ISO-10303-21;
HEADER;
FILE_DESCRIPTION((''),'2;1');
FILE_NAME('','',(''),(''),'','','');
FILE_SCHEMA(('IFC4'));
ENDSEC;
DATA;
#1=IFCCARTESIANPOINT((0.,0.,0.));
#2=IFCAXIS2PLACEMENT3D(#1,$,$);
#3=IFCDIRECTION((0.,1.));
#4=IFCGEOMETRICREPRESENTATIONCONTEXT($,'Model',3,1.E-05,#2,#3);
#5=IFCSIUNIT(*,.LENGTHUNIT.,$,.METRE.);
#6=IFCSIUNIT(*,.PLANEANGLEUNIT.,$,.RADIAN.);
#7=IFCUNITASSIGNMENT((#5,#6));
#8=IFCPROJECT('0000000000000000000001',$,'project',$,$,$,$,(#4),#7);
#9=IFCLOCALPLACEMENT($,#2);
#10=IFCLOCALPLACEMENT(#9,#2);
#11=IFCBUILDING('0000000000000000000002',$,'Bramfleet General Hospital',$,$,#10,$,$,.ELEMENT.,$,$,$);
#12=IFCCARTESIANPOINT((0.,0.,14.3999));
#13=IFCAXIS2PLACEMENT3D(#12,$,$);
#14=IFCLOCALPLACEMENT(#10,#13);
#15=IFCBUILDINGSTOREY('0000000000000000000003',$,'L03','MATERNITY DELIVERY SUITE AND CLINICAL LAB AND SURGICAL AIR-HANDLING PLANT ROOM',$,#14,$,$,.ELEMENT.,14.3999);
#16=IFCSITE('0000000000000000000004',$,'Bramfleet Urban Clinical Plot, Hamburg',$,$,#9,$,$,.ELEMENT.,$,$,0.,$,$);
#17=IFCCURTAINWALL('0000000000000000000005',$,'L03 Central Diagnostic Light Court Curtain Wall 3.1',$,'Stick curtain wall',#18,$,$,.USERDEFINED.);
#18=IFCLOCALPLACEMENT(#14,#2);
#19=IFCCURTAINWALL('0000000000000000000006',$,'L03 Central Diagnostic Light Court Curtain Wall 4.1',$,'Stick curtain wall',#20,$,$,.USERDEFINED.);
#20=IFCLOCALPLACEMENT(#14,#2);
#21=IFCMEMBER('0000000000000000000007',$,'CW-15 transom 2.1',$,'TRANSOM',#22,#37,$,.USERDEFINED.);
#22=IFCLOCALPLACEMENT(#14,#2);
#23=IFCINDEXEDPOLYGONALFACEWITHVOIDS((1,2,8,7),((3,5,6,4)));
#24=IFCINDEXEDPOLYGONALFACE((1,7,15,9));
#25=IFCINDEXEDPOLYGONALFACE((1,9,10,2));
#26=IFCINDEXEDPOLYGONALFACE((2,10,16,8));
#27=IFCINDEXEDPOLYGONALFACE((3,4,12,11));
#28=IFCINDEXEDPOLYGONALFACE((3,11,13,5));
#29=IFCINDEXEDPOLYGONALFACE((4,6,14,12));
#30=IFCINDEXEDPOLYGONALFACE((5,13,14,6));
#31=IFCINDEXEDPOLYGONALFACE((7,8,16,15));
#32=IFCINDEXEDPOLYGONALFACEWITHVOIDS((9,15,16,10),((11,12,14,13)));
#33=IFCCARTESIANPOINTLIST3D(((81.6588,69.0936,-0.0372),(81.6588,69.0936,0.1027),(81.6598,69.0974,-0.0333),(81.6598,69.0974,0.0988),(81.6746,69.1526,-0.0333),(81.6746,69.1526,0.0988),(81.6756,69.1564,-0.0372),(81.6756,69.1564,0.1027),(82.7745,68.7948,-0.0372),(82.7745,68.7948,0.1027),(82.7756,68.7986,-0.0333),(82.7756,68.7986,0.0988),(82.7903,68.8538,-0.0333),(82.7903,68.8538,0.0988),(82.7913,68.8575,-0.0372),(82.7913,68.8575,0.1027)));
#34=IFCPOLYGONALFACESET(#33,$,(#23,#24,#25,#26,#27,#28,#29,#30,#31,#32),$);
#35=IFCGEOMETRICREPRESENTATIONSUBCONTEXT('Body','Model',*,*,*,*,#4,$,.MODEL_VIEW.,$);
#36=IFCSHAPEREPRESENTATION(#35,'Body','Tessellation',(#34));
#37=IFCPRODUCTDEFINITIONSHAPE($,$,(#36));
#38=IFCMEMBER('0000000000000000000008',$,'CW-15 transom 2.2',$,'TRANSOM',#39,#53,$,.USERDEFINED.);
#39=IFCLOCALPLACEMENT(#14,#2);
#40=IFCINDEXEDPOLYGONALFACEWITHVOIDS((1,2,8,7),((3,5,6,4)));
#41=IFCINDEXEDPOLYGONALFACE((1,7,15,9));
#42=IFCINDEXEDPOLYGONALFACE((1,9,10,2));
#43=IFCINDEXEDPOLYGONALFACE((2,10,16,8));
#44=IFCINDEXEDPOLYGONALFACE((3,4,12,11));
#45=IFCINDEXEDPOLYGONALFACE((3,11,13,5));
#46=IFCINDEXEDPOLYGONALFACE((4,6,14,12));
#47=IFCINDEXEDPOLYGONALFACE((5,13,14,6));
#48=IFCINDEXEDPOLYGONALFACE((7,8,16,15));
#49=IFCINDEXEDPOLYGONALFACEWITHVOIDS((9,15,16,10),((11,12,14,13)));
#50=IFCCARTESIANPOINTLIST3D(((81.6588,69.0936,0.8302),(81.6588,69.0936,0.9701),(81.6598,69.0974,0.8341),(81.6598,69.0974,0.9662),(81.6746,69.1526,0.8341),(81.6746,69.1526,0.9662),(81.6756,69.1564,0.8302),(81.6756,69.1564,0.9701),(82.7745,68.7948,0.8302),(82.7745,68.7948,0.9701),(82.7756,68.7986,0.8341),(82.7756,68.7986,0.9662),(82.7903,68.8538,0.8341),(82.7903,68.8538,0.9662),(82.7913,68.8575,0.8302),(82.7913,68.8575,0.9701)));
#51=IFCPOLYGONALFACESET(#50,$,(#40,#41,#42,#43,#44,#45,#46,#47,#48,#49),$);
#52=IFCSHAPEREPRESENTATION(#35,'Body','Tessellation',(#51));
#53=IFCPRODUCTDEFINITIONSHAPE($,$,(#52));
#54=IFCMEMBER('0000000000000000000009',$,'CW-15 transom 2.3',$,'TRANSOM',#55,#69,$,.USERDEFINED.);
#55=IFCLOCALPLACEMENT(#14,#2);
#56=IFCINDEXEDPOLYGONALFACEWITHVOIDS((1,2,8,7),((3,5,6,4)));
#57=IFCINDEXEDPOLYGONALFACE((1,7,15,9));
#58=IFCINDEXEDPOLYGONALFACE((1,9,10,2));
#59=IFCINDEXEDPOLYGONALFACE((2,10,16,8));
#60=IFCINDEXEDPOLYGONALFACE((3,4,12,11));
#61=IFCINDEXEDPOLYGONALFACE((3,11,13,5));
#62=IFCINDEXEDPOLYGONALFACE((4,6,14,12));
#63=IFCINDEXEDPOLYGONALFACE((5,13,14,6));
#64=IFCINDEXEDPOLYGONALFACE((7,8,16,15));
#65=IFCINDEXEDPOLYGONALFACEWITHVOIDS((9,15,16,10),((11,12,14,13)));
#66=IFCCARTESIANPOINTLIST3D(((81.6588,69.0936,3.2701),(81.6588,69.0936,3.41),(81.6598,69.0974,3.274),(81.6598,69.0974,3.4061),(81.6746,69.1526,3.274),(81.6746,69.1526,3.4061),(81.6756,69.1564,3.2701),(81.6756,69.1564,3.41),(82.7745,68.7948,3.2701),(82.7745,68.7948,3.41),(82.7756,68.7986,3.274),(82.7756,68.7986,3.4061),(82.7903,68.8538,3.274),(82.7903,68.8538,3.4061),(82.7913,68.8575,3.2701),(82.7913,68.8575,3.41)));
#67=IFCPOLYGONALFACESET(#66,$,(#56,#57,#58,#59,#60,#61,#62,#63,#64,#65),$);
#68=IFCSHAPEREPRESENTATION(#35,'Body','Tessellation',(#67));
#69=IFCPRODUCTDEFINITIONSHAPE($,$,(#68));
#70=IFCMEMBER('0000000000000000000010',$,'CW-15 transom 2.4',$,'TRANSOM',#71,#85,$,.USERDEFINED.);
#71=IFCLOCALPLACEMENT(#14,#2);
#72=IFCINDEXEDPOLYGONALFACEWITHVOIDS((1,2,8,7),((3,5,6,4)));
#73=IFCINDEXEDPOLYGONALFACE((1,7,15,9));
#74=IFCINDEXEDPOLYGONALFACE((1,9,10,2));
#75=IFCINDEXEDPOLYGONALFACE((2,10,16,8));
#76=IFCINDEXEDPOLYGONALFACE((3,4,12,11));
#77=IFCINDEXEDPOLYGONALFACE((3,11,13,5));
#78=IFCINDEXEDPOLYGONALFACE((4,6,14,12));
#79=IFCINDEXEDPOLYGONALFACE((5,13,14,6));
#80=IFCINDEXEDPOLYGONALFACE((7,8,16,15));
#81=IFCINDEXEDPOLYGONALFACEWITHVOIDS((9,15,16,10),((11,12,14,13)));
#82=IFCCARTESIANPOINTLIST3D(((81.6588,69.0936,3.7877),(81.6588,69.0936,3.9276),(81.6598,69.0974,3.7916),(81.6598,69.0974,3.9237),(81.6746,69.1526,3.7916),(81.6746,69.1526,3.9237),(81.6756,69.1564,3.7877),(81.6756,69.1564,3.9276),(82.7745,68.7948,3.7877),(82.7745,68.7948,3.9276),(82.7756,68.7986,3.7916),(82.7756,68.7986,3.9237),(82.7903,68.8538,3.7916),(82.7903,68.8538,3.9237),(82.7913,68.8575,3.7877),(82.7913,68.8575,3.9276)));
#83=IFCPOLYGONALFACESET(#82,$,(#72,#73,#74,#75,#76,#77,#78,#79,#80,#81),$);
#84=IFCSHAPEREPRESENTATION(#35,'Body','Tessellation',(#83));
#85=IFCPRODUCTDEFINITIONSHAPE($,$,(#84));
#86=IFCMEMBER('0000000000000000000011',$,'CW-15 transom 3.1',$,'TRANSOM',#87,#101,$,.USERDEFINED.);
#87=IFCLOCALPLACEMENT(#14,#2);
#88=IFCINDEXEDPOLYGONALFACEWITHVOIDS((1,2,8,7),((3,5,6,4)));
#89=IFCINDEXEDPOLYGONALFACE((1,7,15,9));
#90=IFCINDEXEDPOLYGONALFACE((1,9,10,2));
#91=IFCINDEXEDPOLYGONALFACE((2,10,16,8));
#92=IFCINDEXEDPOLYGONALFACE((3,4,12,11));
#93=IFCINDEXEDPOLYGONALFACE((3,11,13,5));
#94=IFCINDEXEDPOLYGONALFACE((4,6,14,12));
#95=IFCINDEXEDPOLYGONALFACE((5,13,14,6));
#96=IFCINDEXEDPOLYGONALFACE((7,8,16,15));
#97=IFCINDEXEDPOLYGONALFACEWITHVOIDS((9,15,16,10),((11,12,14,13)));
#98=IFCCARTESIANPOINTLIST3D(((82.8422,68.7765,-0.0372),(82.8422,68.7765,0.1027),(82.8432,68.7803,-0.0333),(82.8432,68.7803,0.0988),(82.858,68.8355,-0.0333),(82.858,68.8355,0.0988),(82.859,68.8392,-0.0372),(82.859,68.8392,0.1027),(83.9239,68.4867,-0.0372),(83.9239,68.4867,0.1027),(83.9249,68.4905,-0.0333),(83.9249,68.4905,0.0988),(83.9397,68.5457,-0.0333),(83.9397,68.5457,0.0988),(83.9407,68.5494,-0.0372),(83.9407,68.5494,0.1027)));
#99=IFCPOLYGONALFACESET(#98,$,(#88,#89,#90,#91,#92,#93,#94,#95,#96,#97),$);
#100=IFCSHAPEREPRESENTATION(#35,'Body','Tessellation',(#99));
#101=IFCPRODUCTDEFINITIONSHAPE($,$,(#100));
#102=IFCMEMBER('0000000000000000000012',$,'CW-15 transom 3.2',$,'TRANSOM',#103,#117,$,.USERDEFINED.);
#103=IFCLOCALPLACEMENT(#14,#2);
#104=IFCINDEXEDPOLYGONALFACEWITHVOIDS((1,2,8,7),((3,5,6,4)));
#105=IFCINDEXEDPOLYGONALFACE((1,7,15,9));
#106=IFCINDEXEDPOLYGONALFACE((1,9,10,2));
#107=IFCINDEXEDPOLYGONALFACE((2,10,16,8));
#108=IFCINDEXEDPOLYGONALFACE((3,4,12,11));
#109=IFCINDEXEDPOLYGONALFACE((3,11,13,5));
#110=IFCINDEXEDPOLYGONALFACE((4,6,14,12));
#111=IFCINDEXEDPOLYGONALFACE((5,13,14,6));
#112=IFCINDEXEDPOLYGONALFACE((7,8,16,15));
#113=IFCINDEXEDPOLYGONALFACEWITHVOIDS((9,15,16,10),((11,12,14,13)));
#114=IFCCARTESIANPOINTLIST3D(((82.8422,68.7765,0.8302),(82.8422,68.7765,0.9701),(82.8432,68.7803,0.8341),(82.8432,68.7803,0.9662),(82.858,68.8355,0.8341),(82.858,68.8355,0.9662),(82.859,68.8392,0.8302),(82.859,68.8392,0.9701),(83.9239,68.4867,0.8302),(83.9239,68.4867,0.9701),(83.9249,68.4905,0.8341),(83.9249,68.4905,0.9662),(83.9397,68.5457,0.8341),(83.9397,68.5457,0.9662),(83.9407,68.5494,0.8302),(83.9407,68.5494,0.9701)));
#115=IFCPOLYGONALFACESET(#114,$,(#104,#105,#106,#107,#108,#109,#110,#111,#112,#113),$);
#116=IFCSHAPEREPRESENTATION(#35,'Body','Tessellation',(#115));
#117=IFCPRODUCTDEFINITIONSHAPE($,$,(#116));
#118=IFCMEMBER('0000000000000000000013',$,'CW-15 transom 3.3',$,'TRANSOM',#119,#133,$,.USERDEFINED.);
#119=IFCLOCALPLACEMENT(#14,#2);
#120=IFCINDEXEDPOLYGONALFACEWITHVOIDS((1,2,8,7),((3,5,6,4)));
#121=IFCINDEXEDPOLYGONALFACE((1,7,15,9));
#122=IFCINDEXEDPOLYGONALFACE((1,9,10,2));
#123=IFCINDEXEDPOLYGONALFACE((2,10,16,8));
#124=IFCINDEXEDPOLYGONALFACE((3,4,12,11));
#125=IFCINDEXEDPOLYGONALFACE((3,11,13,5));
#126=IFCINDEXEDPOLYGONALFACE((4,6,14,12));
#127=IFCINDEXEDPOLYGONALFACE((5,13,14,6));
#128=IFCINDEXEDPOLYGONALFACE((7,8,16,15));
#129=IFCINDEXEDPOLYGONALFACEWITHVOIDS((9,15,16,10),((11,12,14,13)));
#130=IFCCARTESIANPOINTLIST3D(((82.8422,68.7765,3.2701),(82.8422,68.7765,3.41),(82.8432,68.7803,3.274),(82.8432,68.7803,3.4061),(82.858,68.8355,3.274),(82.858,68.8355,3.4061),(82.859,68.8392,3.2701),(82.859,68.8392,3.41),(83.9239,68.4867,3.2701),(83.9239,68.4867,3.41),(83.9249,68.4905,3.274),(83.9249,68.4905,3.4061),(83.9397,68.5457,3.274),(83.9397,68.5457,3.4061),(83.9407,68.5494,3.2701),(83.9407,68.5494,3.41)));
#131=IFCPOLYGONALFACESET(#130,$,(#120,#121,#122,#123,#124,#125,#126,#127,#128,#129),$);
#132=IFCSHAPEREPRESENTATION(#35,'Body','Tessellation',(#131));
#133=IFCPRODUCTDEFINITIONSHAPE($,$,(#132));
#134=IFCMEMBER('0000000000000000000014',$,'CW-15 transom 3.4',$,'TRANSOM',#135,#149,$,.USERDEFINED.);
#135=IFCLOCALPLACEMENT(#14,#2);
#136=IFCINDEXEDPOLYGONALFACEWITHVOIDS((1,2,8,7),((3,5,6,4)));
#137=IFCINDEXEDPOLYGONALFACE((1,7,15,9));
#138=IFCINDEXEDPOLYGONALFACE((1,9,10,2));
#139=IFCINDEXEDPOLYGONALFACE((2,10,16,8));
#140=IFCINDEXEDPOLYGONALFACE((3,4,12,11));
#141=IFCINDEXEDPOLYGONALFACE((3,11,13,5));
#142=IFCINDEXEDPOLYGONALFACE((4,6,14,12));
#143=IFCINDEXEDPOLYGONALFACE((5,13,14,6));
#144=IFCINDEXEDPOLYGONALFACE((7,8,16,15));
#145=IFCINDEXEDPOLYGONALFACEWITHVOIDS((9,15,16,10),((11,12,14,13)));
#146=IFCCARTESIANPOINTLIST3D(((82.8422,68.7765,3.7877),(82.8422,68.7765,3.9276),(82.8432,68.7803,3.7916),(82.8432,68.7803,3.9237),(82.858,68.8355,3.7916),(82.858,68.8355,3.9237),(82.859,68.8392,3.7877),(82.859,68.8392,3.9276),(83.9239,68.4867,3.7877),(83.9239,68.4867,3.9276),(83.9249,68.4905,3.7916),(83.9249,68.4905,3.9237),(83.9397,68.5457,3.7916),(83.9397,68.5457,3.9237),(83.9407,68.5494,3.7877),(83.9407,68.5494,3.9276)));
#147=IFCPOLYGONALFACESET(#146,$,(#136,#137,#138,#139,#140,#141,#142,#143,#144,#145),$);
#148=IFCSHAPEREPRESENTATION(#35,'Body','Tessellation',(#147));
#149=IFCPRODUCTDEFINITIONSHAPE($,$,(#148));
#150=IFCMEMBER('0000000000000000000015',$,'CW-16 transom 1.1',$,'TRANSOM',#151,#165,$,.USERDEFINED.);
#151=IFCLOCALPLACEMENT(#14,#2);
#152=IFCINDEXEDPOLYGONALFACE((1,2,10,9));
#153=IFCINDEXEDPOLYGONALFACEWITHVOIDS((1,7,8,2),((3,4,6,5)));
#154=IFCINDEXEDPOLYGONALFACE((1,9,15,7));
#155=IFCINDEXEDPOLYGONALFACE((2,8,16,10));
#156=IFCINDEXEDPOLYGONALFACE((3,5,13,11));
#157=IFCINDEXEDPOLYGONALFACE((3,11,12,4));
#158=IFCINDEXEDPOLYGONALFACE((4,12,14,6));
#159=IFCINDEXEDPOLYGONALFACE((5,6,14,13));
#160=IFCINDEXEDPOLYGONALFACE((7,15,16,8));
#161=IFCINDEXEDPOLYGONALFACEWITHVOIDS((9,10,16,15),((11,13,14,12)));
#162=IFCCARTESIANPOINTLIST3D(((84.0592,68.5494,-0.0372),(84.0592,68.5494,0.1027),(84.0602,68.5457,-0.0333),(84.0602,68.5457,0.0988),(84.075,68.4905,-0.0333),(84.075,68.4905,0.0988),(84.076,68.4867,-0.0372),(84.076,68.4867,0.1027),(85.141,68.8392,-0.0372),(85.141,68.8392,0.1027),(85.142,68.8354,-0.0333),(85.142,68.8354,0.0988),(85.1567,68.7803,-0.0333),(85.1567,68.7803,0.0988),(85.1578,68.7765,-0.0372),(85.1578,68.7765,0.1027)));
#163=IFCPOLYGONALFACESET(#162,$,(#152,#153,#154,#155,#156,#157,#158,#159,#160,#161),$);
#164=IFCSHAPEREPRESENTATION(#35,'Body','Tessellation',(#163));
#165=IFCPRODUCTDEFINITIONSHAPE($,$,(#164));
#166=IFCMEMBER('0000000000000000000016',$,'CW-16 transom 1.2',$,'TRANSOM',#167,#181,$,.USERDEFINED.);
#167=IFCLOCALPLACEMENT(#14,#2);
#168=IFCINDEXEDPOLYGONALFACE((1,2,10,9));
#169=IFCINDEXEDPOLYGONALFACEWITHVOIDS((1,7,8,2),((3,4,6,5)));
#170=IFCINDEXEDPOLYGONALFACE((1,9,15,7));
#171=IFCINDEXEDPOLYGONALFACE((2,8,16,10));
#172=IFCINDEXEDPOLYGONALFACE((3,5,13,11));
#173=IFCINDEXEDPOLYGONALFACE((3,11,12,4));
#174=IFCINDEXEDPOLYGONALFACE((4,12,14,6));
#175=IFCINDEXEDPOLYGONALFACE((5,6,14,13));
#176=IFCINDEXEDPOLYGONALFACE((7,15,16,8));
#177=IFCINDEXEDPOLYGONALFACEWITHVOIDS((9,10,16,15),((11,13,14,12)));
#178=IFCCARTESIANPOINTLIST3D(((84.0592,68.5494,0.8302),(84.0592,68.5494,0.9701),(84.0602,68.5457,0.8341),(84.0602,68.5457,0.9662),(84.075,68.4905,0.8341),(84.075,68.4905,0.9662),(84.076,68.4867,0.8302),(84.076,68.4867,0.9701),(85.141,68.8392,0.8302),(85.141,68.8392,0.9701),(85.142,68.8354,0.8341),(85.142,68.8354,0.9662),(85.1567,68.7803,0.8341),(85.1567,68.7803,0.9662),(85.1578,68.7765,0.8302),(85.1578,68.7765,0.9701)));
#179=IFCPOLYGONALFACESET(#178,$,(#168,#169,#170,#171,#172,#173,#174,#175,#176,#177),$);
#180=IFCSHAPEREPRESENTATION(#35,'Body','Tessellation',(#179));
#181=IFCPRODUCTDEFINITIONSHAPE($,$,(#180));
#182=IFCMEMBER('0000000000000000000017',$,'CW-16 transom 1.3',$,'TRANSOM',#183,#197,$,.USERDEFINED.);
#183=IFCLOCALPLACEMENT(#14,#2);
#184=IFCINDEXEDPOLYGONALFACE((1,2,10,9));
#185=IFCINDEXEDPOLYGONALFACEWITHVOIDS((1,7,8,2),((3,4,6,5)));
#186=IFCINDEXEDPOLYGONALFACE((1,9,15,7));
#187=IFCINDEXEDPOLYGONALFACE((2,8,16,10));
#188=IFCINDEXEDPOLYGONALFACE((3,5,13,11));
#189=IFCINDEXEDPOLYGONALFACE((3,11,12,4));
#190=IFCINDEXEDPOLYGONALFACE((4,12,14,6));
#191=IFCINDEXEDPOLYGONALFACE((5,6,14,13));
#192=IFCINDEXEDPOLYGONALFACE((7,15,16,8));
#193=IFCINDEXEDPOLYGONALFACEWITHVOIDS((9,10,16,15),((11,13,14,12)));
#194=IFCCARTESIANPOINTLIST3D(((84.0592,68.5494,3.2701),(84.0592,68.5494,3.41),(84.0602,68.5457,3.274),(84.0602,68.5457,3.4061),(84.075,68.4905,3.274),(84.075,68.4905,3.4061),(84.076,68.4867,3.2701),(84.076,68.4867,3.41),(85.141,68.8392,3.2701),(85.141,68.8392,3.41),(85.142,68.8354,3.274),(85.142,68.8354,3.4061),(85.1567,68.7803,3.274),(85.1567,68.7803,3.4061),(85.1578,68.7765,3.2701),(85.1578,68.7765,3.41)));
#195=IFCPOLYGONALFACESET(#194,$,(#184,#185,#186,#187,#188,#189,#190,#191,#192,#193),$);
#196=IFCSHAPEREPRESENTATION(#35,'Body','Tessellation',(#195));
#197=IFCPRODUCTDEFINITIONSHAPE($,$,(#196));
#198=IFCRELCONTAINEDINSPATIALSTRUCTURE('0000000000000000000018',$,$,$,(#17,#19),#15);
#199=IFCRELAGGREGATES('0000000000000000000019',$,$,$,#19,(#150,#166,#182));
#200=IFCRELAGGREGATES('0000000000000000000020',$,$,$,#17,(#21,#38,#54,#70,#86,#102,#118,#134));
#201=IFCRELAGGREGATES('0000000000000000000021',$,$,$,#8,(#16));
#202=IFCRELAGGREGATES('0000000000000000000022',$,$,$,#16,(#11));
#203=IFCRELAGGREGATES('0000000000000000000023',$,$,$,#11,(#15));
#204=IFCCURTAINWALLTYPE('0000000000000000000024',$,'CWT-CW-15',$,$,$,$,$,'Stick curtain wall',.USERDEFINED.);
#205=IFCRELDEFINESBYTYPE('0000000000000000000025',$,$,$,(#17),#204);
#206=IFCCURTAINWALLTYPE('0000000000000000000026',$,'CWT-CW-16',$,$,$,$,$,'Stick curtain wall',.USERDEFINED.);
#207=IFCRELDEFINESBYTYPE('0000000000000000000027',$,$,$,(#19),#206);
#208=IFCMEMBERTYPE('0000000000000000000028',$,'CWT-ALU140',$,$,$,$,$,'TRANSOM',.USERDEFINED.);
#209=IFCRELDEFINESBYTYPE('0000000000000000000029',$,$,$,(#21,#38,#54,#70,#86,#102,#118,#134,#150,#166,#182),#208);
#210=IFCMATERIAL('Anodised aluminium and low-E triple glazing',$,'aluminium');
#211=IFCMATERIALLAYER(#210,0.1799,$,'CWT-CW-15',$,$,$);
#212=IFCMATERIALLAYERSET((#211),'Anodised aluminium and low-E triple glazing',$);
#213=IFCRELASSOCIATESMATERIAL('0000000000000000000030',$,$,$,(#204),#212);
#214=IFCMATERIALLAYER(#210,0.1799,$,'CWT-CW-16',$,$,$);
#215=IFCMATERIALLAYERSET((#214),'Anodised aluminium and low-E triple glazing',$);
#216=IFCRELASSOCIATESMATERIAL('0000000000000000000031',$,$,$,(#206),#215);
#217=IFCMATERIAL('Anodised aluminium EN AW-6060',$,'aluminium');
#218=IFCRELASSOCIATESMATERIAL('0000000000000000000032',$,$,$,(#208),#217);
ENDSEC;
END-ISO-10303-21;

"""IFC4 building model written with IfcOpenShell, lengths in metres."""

from ifc_helpers import new_model, si_unit, direction, frame, origin, origin_2d, place, context, subcontext, project, spatial, hollow_rectangle, extrude, material, layer, layer_set, material_profile, profile_set, type_object, element, aggregate, save


model = new_model("IFC4")

# Units and contexts
model_context = context("Model", 3, precision=1e-05, world=origin(), true_north=direction((0.0, 1.0)))
body_context = subcontext(model_context, "Body", "Model", "MODEL_VIEW")
ifc_project = project(units=[si_unit("LENGTHUNIT", "METRE"), si_unit("PLANEANGLEUNIT", "RADIAN")], contexts=[model_context])

# Site, building, storey
site_placement = place(None, origin())
site = spatial("IfcSite", under=ifc_project, at=site_placement, Name="Bramfleet Urban Clinical Plot, Hamburg", CompositionType="ELEMENT", RefElevation=0.0)
building_placement = place(site_placement, origin())
building = spatial("IfcBuilding", under=site, at=building_placement, Name="Bramfleet General Hospital", CompositionType="ELEMENT")
storey_placement = place(building_placement, frame((0.0, 0.0, 14.3999)))
storey = spatial("IfcBuildingStorey", under=building, at=storey_placement, Name="L03", Description="MATERNITY DELIVERY SUITE AND CLINICAL LAB AND SURGICAL AIR-HANDLING PLANT ROOM", CompositionType="ELEMENT", Elevation=14.3999)

# Shared definitions
ifc_material_1 = material(Name="Anodised aluminium and low-E triple glazing", Category="aluminium")
ifc_material_2 = material(Name="Anodised aluminium EN AW-6060", Category="aluminium")

# Curtain wall
ifc_layer_1 = layer(ifc_material_1, 0.1799, Name="CWT-CW-15")
ifc_layer_set_1 = layer_set([ifc_layer_1], Name="Anodised aluminium and low-E triple glazing")
curtain_wall_type_1 = type_object("IfcCurtainWallType", Name="CWT-CW-15", ElementType="Stick curtain wall", PredefinedType="USERDEFINED", material=ifc_layer_set_1)
curtain_wall_1_placement = place(storey_placement, origin())
curtain_wall_1 = element("IfcCurtainWall", 1, at=curtain_wall_1_placement, inside=storey, type_object=curtain_wall_type_1, Name="L03 Central Diagnostic Light Court Curtain Wall 3.1", ObjectType="Stick curtain wall", PredefinedType="USERDEFINED")

# Curtain wall
ifc_layer_2 = layer(ifc_material_1, 0.1799, Name="CWT-CW-16")
ifc_layer_set_2 = layer_set([ifc_layer_2], Name="Anodised aluminium and low-E triple glazing")
curtain_wall_type_2 = type_object("IfcCurtainWallType", Name="CWT-CW-16", ElementType="Stick curtain wall", PredefinedType="USERDEFINED", material=ifc_layer_set_2)
curtain_wall_2_placement = place(storey_placement, origin())
curtain_wall_2 = element("IfcCurtainWall", 2, at=curtain_wall_2_placement, inside=storey, type_object=curtain_wall_type_2, Name="L03 Central Diagnostic Light Court Curtain Wall 4.1", ObjectType="Stick curtain wall", PredefinedType="USERDEFINED")

# Members
ifc_material_profile_1 = material_profile(ifc_material_2, hollow_rectangle(XDim=0.0649, YDim=0.1399, WallThickness=0.0039, at=origin_2d()), Name="ALU 140x65x4.0")
ifc_profile_set_1 = profile_set([ifc_material_profile_1], Name="Anodised aluminium EN AW-6060")
member_type_1 = type_object("IfcMemberType", Name="CWT-ALU140", ElementType="TRANSOM", PredefinedType="USERDEFINED", material=ifc_profile_set_1)
member_1_placement = place(storey_placement, frame((81.6672, 69.125, 0.0327), z_axis=(0.965954, -0.258715, 0.0), x_axis=(0.258715, 0.965954, 0.0)))
member_1 = element("IfcMember", 3, at=member_1_placement, type_object=member_type_1, Name="CW-15 transom 2.1", ObjectType="TRANSOM", PredefinedType="USERDEFINED", context=body_context, shape_type="SweptSolid", body=[
    extrude(hollow_rectangle(XDim=0.0649, YDim=0.1399, WallThickness=0.0039, at=origin_2d()), origin(), (0.0, 0.0, 1.0), 1.155),
])
member_2_placement = place(storey_placement, frame((81.6672, 69.125, 0.9001), z_axis=(0.965954, -0.258715, 0.0), x_axis=(0.258715, 0.965954, 0.0)))
member_2 = element("IfcMember", 4, at=member_2_placement, type_object=member_type_1, Name="CW-15 transom 2.2", ObjectType="TRANSOM", PredefinedType="USERDEFINED", context=body_context, shape_type="SweptSolid", body=[
    extrude(hollow_rectangle(XDim=0.0649, YDim=0.1399, WallThickness=0.0039, at=origin_2d()), origin(), (0.0, 0.0, 1.0), 1.155),
])
member_3_placement = place(storey_placement, frame((81.6672, 69.125, 3.3401), z_axis=(0.965954, -0.258715, 0.0), x_axis=(0.258715, 0.965954, 0.0)))
member_3 = element("IfcMember", 5, at=member_3_placement, type_object=member_type_1, Name="CW-15 transom 2.3", ObjectType="TRANSOM", PredefinedType="USERDEFINED", context=body_context, shape_type="SweptSolid", body=[
    extrude(hollow_rectangle(XDim=0.0649, YDim=0.1399, WallThickness=0.0039, at=origin_2d()), origin(), (0.0, 0.0, 1.0), 1.155),
])
member_4_placement = place(storey_placement, frame((81.6672, 69.125, 3.8577), z_axis=(0.965954, -0.258715, 0.0), x_axis=(0.258715, 0.965954, 0.0)))
member_4 = element("IfcMember", 6, at=member_4_placement, type_object=member_type_1, Name="CW-15 transom 2.4", ObjectType="TRANSOM", PredefinedType="USERDEFINED", context=body_context, shape_type="SweptSolid", body=[
    extrude(hollow_rectangle(XDim=0.0649, YDim=0.1399, WallThickness=0.0039, at=origin_2d()), origin(), (0.0, 0.0, 1.0), 1.155),
])
member_5_placement = place(storey_placement, frame((82.8506, 68.8079, 0.0327), z_axis=(0.965941, -0.258762, 0.0), x_axis=(0.258762, 0.965941, 0.0)))
member_5 = element("IfcMember", 7, at=member_5_placement, type_object=member_type_1, Name="CW-15 transom 3.1", ObjectType="TRANSOM", PredefinedType="USERDEFINED", context=body_context, shape_type="SweptSolid", body=[
    extrude(hollow_rectangle(XDim=0.0649, YDim=0.1399, WallThickness=0.0039, at=origin_2d()), origin(), (0.0, 0.0, 1.0), 1.1199),
])
member_6_placement = place(storey_placement, frame((82.8506, 68.8079, 0.9001), z_axis=(0.965941, -0.258762, 0.0), x_axis=(0.258762, 0.965941, 0.0)))
member_6 = element("IfcMember", 8, at=member_6_placement, type_object=member_type_1, Name="CW-15 transom 3.2", ObjectType="TRANSOM", PredefinedType="USERDEFINED", context=body_context, shape_type="SweptSolid", body=[
    extrude(hollow_rectangle(XDim=0.0649, YDim=0.1399, WallThickness=0.0039, at=origin_2d()), origin(), (0.0, 0.0, 1.0), 1.1199),
])
member_7_placement = place(storey_placement, frame((82.8506, 68.8079, 3.3401), z_axis=(0.965941, -0.258762, 0.0), x_axis=(0.258762, 0.965941, 0.0)))
member_7 = element("IfcMember", 9, at=member_7_placement, type_object=member_type_1, Name="CW-15 transom 3.3", ObjectType="TRANSOM", PredefinedType="USERDEFINED", context=body_context, shape_type="SweptSolid", body=[
    extrude(hollow_rectangle(XDim=0.0649, YDim=0.1399, WallThickness=0.0039, at=origin_2d()), origin(), (0.0, 0.0, 1.0), 1.1199),
])
member_8_placement = place(storey_placement, frame((82.8506, 68.8079, 3.8577), z_axis=(0.965941, -0.258762, 0.0), x_axis=(0.258762, 0.965941, 0.0)))
member_8 = element("IfcMember", 10, at=member_8_placement, type_object=member_type_1, Name="CW-15 transom 3.4", ObjectType="TRANSOM", PredefinedType="USERDEFINED", context=body_context, shape_type="SweptSolid", body=[
    extrude(hollow_rectangle(XDim=0.0649, YDim=0.1399, WallThickness=0.0039, at=origin_2d()), origin(), (0.0, 0.0, 1.0), 1.1199),
])
member_9_placement = place(storey_placement, frame((84.0676, 68.5181, 0.0327), z_axis=(0.965941, 0.258762, 0.0), x_axis=(-0.258762, 0.965941, 0.0)))
member_9 = element("IfcMember", 11, at=member_9_placement, type_object=member_type_1, Name="CW-16 transom 1.1", ObjectType="TRANSOM", PredefinedType="USERDEFINED", context=body_context, shape_type="SweptSolid", body=[
    extrude(hollow_rectangle(XDim=0.0649, YDim=0.1399, WallThickness=0.0039, at=origin_2d()), origin(), (0.0, 0.0, 1.0), 1.1199),
])
member_10_placement = place(storey_placement, frame((84.0676, 68.5181, 0.9001), z_axis=(0.965941, 0.258762, 0.0), x_axis=(-0.258762, 0.965941, 0.0)))
member_10 = element("IfcMember", 12, at=member_10_placement, type_object=member_type_1, Name="CW-16 transom 1.2", ObjectType="TRANSOM", PredefinedType="USERDEFINED", context=body_context, shape_type="SweptSolid", body=[
    extrude(hollow_rectangle(XDim=0.0649, YDim=0.1399, WallThickness=0.0039, at=origin_2d()), origin(), (0.0, 0.0, 1.0), 1.1199),
])
member_11_placement = place(storey_placement, frame((84.0676, 68.5181, 3.3401), z_axis=(0.965941, 0.258762, 0.0), x_axis=(-0.258762, 0.965941, 0.0)))
member_11 = element("IfcMember", 13, at=member_11_placement, type_object=member_type_1, Name="CW-16 transom 1.3", ObjectType="TRANSOM", PredefinedType="USERDEFINED", context=body_context, shape_type="SweptSolid", body=[
    extrude(hollow_rectangle(XDim=0.0649, YDim=0.1399, WallThickness=0.0039, at=origin_2d()), origin(), (0.0, 0.0, 1.0), 1.1199),
])
aggregate(curtain_wall_2, [member_9, member_10, member_11])

aggregate(curtain_wall_1, [member_1, member_2, member_3, member_4, member_5, member_6, member_7, member_8])

save(model, "model.ifc")
